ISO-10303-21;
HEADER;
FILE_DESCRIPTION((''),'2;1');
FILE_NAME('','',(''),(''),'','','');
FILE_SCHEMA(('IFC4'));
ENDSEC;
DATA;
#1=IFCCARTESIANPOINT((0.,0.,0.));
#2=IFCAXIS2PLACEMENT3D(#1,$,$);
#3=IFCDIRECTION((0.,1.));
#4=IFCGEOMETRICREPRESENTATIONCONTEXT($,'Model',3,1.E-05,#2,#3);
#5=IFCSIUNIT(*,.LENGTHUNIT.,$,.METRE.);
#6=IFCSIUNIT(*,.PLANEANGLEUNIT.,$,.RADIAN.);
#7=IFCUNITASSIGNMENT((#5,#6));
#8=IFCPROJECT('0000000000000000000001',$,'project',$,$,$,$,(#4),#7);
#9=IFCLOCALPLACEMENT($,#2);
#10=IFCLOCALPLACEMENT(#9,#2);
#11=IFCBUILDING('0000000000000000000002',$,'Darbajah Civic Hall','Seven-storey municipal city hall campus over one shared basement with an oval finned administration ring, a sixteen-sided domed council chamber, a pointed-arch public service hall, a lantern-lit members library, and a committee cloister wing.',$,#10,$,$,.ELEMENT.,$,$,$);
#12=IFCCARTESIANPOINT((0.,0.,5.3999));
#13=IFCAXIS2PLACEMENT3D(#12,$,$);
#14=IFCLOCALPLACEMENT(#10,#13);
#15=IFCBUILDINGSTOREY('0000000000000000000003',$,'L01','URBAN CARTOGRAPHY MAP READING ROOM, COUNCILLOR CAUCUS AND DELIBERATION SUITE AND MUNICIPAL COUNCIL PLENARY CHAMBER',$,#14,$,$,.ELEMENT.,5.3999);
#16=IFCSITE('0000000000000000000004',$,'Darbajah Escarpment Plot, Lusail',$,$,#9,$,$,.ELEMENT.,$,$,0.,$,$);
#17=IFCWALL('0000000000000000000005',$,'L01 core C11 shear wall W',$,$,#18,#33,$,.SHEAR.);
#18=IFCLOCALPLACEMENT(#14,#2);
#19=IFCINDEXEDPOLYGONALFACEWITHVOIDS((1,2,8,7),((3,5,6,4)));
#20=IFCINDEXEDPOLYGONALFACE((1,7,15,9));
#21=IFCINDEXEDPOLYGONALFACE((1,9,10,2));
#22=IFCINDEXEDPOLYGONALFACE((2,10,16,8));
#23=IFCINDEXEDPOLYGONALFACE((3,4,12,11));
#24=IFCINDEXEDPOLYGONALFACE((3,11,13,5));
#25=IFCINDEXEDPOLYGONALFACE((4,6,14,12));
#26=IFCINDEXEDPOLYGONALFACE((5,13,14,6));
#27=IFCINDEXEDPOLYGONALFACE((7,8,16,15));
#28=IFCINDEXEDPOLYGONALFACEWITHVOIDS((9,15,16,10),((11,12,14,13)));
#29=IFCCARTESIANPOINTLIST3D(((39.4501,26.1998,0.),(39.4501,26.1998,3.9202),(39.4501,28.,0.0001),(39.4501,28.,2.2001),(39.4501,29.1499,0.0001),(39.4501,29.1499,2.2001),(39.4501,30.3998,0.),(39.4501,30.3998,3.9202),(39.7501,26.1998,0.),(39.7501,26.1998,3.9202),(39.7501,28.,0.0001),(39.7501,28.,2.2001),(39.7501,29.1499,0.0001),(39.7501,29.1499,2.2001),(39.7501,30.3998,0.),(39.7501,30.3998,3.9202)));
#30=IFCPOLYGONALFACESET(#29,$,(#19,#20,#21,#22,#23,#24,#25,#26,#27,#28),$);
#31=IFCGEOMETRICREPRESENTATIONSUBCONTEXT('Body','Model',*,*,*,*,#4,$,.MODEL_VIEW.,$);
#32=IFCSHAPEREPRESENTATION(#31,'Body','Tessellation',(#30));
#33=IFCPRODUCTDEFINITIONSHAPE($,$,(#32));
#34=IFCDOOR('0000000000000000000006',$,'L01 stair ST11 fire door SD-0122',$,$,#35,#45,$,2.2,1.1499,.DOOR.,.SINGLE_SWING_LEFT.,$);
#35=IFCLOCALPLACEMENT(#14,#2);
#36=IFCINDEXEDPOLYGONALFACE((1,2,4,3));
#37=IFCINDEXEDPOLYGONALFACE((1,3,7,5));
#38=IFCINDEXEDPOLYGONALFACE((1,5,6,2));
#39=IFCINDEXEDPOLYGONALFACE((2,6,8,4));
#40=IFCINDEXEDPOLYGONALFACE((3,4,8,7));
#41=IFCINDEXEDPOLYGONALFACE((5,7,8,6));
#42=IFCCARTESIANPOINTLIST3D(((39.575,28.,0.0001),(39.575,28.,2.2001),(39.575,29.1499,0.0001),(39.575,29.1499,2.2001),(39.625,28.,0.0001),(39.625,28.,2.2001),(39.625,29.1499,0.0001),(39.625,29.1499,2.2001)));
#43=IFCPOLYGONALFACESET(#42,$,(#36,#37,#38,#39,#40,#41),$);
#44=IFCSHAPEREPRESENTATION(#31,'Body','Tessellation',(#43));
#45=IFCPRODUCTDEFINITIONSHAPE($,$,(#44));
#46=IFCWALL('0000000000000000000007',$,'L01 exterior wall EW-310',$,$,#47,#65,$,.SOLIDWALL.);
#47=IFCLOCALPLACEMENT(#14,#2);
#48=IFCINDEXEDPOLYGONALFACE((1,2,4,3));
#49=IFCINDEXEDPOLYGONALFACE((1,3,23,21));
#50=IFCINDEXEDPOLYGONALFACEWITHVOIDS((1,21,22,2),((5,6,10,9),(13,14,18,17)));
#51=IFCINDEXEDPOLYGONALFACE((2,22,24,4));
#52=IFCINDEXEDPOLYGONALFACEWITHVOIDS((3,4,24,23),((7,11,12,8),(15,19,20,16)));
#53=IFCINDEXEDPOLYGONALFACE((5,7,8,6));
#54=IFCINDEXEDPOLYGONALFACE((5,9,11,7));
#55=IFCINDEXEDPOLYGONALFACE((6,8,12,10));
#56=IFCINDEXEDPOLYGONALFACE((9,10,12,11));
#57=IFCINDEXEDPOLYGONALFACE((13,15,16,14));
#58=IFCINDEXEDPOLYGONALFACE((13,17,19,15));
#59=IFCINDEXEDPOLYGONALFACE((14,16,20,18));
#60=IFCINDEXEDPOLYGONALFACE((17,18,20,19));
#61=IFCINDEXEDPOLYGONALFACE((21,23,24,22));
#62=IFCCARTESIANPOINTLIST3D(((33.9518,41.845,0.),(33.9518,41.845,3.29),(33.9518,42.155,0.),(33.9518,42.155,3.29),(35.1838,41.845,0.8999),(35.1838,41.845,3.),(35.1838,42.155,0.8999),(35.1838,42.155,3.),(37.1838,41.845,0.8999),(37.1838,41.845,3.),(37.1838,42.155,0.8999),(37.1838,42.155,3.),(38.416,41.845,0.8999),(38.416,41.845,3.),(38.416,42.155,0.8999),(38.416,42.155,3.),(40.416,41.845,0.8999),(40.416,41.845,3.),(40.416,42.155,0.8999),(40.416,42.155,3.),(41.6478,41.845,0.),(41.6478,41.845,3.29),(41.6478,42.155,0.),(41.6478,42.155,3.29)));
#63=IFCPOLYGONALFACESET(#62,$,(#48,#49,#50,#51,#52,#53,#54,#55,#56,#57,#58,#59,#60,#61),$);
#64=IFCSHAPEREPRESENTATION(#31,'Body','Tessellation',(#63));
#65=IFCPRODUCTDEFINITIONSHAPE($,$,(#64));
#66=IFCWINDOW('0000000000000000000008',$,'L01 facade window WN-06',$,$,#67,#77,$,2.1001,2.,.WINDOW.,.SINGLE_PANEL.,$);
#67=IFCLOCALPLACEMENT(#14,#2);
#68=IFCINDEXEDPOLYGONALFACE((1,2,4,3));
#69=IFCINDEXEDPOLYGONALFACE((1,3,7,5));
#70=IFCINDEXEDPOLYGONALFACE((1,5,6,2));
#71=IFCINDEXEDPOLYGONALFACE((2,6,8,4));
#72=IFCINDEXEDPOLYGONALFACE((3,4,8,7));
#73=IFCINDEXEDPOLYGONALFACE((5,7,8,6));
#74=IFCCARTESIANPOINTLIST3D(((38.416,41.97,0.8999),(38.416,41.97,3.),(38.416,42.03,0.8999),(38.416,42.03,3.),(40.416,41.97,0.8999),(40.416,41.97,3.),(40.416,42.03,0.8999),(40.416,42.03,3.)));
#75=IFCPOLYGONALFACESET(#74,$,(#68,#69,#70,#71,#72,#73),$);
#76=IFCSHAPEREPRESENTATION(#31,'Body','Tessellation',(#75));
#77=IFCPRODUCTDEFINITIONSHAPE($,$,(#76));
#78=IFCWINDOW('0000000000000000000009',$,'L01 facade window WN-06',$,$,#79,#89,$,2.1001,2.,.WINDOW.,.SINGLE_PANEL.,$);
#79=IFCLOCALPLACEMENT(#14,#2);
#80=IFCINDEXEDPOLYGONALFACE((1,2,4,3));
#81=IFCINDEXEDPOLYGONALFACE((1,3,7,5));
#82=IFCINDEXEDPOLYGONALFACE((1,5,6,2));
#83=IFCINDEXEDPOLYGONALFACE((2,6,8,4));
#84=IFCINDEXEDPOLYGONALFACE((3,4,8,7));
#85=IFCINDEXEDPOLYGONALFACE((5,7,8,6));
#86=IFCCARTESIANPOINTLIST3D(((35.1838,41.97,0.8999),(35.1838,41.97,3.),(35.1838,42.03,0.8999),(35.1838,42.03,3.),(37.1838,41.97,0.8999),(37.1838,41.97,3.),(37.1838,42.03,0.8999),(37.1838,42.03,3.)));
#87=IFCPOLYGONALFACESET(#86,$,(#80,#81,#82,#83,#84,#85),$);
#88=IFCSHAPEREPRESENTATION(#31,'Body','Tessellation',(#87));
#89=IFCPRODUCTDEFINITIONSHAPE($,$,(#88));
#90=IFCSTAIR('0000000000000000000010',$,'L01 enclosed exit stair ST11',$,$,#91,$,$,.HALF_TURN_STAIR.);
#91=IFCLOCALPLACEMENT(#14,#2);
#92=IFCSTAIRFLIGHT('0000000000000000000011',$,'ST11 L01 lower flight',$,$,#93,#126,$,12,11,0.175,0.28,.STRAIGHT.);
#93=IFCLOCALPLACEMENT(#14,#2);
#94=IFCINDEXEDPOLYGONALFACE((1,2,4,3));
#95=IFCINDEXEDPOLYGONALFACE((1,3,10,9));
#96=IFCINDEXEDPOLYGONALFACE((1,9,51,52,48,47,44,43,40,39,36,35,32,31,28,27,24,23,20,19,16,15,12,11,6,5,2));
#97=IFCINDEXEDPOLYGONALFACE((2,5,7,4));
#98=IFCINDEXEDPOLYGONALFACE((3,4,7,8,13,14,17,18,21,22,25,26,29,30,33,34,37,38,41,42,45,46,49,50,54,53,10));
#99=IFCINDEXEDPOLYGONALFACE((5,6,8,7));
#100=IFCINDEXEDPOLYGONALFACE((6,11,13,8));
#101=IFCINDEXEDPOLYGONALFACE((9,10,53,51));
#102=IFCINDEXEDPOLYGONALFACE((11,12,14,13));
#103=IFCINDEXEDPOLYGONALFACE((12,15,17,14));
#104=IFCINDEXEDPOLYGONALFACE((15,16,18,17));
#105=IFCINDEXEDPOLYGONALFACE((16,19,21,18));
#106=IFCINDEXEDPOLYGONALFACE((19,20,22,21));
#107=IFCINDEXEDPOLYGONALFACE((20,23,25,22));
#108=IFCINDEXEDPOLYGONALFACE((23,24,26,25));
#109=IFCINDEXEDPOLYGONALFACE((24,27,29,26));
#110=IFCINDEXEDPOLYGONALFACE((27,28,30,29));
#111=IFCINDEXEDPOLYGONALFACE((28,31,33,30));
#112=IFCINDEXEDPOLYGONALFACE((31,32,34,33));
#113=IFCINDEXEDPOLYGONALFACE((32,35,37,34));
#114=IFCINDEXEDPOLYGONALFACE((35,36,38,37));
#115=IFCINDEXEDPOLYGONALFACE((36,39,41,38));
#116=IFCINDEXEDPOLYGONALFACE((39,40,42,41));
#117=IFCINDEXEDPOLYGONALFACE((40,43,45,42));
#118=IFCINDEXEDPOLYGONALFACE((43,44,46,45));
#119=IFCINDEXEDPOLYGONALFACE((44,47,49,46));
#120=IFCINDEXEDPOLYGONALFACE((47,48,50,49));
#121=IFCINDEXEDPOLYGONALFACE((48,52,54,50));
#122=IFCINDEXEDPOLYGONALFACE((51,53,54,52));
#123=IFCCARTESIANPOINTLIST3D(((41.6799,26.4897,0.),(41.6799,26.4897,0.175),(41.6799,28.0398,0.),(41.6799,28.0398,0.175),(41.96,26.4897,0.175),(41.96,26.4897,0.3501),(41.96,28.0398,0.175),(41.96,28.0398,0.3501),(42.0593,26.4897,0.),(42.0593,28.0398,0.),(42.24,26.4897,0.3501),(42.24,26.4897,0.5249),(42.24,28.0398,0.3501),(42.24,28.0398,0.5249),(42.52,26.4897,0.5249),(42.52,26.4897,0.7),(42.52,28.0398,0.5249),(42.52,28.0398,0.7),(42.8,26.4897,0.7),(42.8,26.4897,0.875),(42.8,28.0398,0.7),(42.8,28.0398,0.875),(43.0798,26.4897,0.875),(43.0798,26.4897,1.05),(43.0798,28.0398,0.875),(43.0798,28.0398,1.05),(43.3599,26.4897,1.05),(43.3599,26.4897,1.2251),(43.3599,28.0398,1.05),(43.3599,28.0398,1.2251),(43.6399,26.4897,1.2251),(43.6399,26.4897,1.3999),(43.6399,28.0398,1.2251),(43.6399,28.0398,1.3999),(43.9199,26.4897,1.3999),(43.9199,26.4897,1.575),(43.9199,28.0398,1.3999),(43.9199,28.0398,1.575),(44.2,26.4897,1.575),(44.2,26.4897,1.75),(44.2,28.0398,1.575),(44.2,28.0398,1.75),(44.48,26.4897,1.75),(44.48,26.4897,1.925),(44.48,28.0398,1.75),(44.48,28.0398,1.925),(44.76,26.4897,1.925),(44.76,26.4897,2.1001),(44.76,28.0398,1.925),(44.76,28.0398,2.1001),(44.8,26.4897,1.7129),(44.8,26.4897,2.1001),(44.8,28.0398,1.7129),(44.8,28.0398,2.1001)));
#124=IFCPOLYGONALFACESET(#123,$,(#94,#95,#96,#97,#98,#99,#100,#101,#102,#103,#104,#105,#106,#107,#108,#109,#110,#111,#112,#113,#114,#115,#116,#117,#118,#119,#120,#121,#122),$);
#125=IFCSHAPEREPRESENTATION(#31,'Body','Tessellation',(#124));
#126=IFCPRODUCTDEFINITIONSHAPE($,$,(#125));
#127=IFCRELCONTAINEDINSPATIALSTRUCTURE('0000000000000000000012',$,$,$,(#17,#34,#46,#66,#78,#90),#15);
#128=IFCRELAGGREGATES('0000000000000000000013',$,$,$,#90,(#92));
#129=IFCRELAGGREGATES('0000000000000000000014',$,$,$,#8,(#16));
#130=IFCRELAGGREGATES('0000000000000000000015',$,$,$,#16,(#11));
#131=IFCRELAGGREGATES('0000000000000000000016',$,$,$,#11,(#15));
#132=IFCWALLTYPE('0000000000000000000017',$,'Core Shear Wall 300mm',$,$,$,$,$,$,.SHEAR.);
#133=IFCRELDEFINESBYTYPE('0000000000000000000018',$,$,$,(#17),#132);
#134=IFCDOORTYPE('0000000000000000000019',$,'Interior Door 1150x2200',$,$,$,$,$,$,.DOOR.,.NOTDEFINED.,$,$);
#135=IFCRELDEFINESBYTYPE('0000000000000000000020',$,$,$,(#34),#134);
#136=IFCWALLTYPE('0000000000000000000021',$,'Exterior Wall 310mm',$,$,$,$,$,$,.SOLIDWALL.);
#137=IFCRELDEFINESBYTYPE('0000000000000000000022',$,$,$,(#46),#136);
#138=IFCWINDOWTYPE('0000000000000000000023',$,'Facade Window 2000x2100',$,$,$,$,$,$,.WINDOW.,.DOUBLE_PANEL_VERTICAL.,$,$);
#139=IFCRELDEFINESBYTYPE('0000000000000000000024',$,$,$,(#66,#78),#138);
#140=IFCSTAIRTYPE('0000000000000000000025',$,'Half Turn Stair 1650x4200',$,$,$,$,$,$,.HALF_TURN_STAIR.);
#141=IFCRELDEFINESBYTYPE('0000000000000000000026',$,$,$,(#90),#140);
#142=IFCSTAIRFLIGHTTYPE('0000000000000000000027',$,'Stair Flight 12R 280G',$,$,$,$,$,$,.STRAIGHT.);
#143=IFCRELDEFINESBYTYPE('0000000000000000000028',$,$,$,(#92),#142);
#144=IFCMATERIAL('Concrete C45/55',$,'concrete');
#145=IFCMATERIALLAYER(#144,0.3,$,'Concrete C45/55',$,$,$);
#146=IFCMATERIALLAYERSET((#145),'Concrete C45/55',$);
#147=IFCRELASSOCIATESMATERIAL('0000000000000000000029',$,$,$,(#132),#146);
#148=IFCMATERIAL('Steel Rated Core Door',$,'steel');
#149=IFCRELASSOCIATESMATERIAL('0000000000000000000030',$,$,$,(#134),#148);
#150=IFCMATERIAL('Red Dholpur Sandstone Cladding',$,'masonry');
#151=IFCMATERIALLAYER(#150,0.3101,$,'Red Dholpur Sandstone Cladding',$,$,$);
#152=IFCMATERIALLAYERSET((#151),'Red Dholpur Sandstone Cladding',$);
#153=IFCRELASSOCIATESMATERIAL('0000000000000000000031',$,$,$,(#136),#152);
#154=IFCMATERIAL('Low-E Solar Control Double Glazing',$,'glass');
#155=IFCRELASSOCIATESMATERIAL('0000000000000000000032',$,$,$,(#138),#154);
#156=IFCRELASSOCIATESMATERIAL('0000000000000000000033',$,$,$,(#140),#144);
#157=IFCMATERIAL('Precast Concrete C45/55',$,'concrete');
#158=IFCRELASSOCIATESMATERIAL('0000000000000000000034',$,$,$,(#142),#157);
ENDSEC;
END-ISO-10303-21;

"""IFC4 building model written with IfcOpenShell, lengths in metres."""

from ifc_helpers import new_model, si_unit, direction, frame, frame_2d, origin, place, context, subcontext, project, spatial, polyline, rectangle, outline, extrude, material, layer, layer_set, type_object, element, fill, aggregate, save


model = new_model("IFC4")

# Units and contexts
model_context = context("Model", 3, precision=1e-05, world=origin(), true_north=direction((0.0, 1.0)))
body_context = subcontext(model_context, "Body", "Model", "MODEL_VIEW")
ifc_project = project(units=[si_unit("LENGTHUNIT", "METRE"), si_unit("PLANEANGLEUNIT", "RADIAN")], contexts=[model_context])

# Site, building, storey
site_placement = place(None, origin())
site = spatial("IfcSite", under=ifc_project, at=site_placement, Name="Darbajah Escarpment Plot, Lusail", CompositionType="ELEMENT", RefElevation=0.0)
building_placement = place(site_placement, origin())
building = spatial("IfcBuilding", under=site, at=building_placement, Name="Darbajah Civic Hall", Description="Seven-storey municipal city hall campus over one shared basement with an oval finned administration ring, a sixteen-sided domed council chamber, a pointed-arch public service hall, a lantern-lit members library, and a committee cloister wing.", CompositionType="ELEMENT")
storey_placement = place(building_placement, frame((0.0, 0.0, 5.3999)))
storey = spatial("IfcBuildingStorey", under=building, at=storey_placement, Name="L01", Description="URBAN CARTOGRAPHY MAP READING ROOM, COUNCILLOR CAUCUS AND DELIBERATION SUITE AND MUNICIPAL COUNCIL PLENARY CHAMBER", CompositionType="ELEMENT", Elevation=5.3999)

# Shared definitions
ifc_material_1 = material(Name="Concrete C45/55", Category="concrete")

# Shared definitions
ifc_layer_1 = layer(ifc_material_1, 0.3, Name="Concrete C45/55")
ifc_layer_set_1 = layer_set([ifc_layer_1], Name="Concrete C45/55")
wall_type_1 = type_object("IfcWallType", Name="Core Shear Wall 300mm", PredefinedType="SHEAR", material=ifc_layer_set_1)

# Wall, opening, door
wall_1_placement = place(storey_placement, frame((39.6001, 30.3999, 0.0), z_axis=(0.0, 0.0, 1.0), x_axis=(0.0, -1.0, 0.0)))
wall_1 = element("IfcWall", 1, at=wall_1_placement, inside=storey, type_object=wall_type_1, Name="L01 core C11 shear wall W", PredefinedType="SHEAR", context=body_context, shape_type="SweptSolid", body=[
    extrude(rectangle(XDim=4.2, YDim=0.3, at=frame_2d((2.1001, 0.0))), origin(), (0.0, 0.0, 1.0), 3.9202),
])
opening_1_placement = place(wall_1_placement, frame((1.25, 0.0, 0.0)))
opening_1 = element("IfcOpeningElement", 2, at=opening_1_placement, cuts=wall_1, PredefinedType="OPENING", context=body_context, shape_type="SweptSolid", body=[
    extrude(rectangle(XDim=1.1499, YDim=2.2, at=frame_2d((0.575, 1.1001))), frame((0.0, 0.1599, 0.0), z_axis=(0.0, -1.0, 0.0), x_axis=(1.0, 0.0, 0.0)), (0.0, 0.0, 1.0), 0.3201),
])
ifc_material_2 = material(Name="Steel Rated Core Door", Category="steel")
door_type = type_object("IfcDoorType", Name="Interior Door 1150x2200", OperationType="NOTDEFINED", PredefinedType="DOOR", material=ifc_material_2)
door_placement = place(opening_1_placement, origin())
door = element("IfcDoor", 3, at=door_placement, inside=storey, type_object=door_type, Name="L01 stair ST11 fire door SD-0122", OperationType="SINGLE_SWING_LEFT", OverallHeight=2.2, OverallWidth=1.1499, PredefinedType="DOOR", context=body_context, shape_type="SweptSolid", body=[
    extrude(rectangle(XDim=1.1499, YDim=2.2, at=frame_2d((0.575, 1.1001))), frame((0.0, 0.0249, 0.0), z_axis=(0.0, -1.0, 0.0), x_axis=(1.0, 0.0, 0.0)), (0.0, 0.0, 1.0), 0.05),
])
fill(opening_1, door)

# Wall, openings, windows
ifc_material_3 = material(Name="Red Dholpur Sandstone Cladding", Category="masonry")
ifc_layer_2 = layer(ifc_material_3, 0.3101, Name="Red Dholpur Sandstone Cladding")
ifc_layer_set_2 = layer_set([ifc_layer_2], Name="Red Dholpur Sandstone Cladding")
wall_type_2 = type_object("IfcWallType", Name="Exterior Wall 310mm", PredefinedType="SOLIDWALL", material=ifc_layer_set_2)
wall_2_placement = place(storey_placement, frame((41.6479, 42.0, 0.0), z_axis=(0.0, 0.0, 1.0), x_axis=(-1.0, 0.0, 0.0)))
wall_2 = element("IfcWall", 4, at=wall_2_placement, inside=storey, type_object=wall_type_2, Name="L01 exterior wall EW-310", PredefinedType="SOLIDWALL", context=body_context, shape_type="SweptSolid", body=[
    extrude(rectangle(XDim=7.696, YDim=0.3101, at=frame_2d((3.8481, 0.0))), origin(), (0.0, 0.0, 1.0), 3.29),
])
opening_2_placement = place(wall_2_placement, frame((1.2319, 0.0, 0.8999)))
opening_2 = element("IfcOpeningElement", 5, at=opening_2_placement, cuts=wall_2, PredefinedType="OPENING", context=body_context, shape_type="SweptSolid", body=[
    extrude(rectangle(XDim=2.0, YDim=2.1001, at=frame_2d((1.0, 1.05))), frame((0.0, 0.165, 0.0), z_axis=(0.0, -1.0, 0.0), x_axis=(1.0, 0.0, 0.0)), (0.0, 0.0, 1.0), 0.3301),
])
opening_3_placement = place(wall_2_placement, frame((4.4641, 0.0, 0.8999)))
opening_3 = element("IfcOpeningElement", 6, at=opening_3_placement, cuts=wall_2, PredefinedType="OPENING", context=body_context, shape_type="SweptSolid", body=[
    extrude(rectangle(XDim=2.0, YDim=2.1001, at=frame_2d((1.0, 1.05))), frame((0.0, 0.165, 0.0), z_axis=(0.0, -1.0, 0.0), x_axis=(1.0, 0.0, 0.0)), (0.0, 0.0, 1.0), 0.3301),
])
ifc_material_4 = material(Name="Low-E Solar Control Double Glazing", Category="glass")
window_type = type_object("IfcWindowType", Name="Facade Window 2000x2100", PartitioningType="DOUBLE_PANEL_VERTICAL", PredefinedType="WINDOW", material=ifc_material_4)
window_1_placement = place(opening_2_placement, origin())
window_1 = element("IfcWindow", 7, at=window_1_placement, inside=storey, type_object=window_type, Name="L01 facade window WN-06", OverallHeight=2.1001, OverallWidth=2.0, PartitioningType="SINGLE_PANEL", PredefinedType="WINDOW", context=body_context, shape_type="SweptSolid", body=[
    extrude(rectangle(XDim=2.0, YDim=2.1001, at=frame_2d((1.0, 1.05))), frame((0.0, 0.03, 0.0), z_axis=(0.0, -1.0, 0.0), x_axis=(1.0, 0.0, 0.0)), (0.0, 0.0, 1.0), 0.0601),
])
fill(opening_2, window_1)
window_2_placement = place(opening_3_placement, origin())
window_2 = element("IfcWindow", 8, at=window_2_placement, inside=storey, type_object=window_type, Name="L01 facade window WN-06", OverallHeight=2.1001, OverallWidth=2.0, PartitioningType="SINGLE_PANEL", PredefinedType="WINDOW", context=body_context, shape_type="SweptSolid", body=[
    extrude(rectangle(XDim=2.0, YDim=2.1001, at=frame_2d((1.0, 1.05))), frame((0.0, 0.03, 0.0), z_axis=(0.0, -1.0, 0.0), x_axis=(1.0, 0.0, 0.0)), (0.0, 0.0, 1.0), 0.0601),
])
fill(opening_3, window_2)

# Stair, stair flight
stair_type = type_object("IfcStairType", Name="Half Turn Stair 1650x4200", PredefinedType="HALF_TURN_STAIR", material=ifc_material_1)
stair_placement = place(storey_placement, origin())
stair = element("IfcStair", 9, at=stair_placement, inside=storey, type_object=stair_type, Name="L01 enclosed exit stair ST11", PredefinedType="HALF_TURN_STAIR")
ifc_material_5 = material(Name="Precast Concrete C45/55", Category="concrete")
stair_flight_type = type_object("IfcStairFlightType", Name="Stair Flight 12R 280G", PredefinedType="STRAIGHT", material=ifc_material_5)
stair_flight_placement = place(storey_placement, frame((41.6799, 27.2649, 0.0), z_axis=(0.0, 0.0, 1.0), x_axis=(1.0, 0.0, 0.0)))
stair_flight = element("IfcStairFlight", 10, at=stair_flight_placement, type_object=stair_flight_type, Name="ST11 L01 lower flight", NumberOfRisers=12, NumberOfTreads=11, PredefinedType="STRAIGHT", RiserHeight=0.175, TreadLength=0.28, context=body_context, shape_type="SweptSolid", body=[
    extrude(outline(polyline([(0.0, 0.0), (0.0, 0.175), (0.28, 0.175), (0.28, 0.3501), (0.5601, 0.3501), (0.5601, 0.5249), (0.8401, 0.5249), (0.8401, 0.7), (1.1201, 0.7), (1.1201, 0.875), (1.3999, 0.875), (1.3999, 1.05), (1.6799, 1.05), (1.6799, 1.2251), (1.96, 1.2251), (1.96, 1.3999), (2.24, 1.3999), (2.24, 1.575), (2.52, 1.575), (2.52, 1.75), (2.8, 1.75), (2.8, 1.925), (3.0801, 1.925), (3.0801, 2.1001), (3.1201, 2.1001), (3.1201, 1.7129), (0.3794, 0.0), (0.0, 0.0)])), frame((0.0, 0.7749, 0.0), z_axis=(0.0, -1.0, 0.0), x_axis=(1.0, 0.0, 0.0)), (0.0, 0.0, 1.0), 1.55),
])
aggregate(stair, [stair_flight])

save(model, "model.ifc")
